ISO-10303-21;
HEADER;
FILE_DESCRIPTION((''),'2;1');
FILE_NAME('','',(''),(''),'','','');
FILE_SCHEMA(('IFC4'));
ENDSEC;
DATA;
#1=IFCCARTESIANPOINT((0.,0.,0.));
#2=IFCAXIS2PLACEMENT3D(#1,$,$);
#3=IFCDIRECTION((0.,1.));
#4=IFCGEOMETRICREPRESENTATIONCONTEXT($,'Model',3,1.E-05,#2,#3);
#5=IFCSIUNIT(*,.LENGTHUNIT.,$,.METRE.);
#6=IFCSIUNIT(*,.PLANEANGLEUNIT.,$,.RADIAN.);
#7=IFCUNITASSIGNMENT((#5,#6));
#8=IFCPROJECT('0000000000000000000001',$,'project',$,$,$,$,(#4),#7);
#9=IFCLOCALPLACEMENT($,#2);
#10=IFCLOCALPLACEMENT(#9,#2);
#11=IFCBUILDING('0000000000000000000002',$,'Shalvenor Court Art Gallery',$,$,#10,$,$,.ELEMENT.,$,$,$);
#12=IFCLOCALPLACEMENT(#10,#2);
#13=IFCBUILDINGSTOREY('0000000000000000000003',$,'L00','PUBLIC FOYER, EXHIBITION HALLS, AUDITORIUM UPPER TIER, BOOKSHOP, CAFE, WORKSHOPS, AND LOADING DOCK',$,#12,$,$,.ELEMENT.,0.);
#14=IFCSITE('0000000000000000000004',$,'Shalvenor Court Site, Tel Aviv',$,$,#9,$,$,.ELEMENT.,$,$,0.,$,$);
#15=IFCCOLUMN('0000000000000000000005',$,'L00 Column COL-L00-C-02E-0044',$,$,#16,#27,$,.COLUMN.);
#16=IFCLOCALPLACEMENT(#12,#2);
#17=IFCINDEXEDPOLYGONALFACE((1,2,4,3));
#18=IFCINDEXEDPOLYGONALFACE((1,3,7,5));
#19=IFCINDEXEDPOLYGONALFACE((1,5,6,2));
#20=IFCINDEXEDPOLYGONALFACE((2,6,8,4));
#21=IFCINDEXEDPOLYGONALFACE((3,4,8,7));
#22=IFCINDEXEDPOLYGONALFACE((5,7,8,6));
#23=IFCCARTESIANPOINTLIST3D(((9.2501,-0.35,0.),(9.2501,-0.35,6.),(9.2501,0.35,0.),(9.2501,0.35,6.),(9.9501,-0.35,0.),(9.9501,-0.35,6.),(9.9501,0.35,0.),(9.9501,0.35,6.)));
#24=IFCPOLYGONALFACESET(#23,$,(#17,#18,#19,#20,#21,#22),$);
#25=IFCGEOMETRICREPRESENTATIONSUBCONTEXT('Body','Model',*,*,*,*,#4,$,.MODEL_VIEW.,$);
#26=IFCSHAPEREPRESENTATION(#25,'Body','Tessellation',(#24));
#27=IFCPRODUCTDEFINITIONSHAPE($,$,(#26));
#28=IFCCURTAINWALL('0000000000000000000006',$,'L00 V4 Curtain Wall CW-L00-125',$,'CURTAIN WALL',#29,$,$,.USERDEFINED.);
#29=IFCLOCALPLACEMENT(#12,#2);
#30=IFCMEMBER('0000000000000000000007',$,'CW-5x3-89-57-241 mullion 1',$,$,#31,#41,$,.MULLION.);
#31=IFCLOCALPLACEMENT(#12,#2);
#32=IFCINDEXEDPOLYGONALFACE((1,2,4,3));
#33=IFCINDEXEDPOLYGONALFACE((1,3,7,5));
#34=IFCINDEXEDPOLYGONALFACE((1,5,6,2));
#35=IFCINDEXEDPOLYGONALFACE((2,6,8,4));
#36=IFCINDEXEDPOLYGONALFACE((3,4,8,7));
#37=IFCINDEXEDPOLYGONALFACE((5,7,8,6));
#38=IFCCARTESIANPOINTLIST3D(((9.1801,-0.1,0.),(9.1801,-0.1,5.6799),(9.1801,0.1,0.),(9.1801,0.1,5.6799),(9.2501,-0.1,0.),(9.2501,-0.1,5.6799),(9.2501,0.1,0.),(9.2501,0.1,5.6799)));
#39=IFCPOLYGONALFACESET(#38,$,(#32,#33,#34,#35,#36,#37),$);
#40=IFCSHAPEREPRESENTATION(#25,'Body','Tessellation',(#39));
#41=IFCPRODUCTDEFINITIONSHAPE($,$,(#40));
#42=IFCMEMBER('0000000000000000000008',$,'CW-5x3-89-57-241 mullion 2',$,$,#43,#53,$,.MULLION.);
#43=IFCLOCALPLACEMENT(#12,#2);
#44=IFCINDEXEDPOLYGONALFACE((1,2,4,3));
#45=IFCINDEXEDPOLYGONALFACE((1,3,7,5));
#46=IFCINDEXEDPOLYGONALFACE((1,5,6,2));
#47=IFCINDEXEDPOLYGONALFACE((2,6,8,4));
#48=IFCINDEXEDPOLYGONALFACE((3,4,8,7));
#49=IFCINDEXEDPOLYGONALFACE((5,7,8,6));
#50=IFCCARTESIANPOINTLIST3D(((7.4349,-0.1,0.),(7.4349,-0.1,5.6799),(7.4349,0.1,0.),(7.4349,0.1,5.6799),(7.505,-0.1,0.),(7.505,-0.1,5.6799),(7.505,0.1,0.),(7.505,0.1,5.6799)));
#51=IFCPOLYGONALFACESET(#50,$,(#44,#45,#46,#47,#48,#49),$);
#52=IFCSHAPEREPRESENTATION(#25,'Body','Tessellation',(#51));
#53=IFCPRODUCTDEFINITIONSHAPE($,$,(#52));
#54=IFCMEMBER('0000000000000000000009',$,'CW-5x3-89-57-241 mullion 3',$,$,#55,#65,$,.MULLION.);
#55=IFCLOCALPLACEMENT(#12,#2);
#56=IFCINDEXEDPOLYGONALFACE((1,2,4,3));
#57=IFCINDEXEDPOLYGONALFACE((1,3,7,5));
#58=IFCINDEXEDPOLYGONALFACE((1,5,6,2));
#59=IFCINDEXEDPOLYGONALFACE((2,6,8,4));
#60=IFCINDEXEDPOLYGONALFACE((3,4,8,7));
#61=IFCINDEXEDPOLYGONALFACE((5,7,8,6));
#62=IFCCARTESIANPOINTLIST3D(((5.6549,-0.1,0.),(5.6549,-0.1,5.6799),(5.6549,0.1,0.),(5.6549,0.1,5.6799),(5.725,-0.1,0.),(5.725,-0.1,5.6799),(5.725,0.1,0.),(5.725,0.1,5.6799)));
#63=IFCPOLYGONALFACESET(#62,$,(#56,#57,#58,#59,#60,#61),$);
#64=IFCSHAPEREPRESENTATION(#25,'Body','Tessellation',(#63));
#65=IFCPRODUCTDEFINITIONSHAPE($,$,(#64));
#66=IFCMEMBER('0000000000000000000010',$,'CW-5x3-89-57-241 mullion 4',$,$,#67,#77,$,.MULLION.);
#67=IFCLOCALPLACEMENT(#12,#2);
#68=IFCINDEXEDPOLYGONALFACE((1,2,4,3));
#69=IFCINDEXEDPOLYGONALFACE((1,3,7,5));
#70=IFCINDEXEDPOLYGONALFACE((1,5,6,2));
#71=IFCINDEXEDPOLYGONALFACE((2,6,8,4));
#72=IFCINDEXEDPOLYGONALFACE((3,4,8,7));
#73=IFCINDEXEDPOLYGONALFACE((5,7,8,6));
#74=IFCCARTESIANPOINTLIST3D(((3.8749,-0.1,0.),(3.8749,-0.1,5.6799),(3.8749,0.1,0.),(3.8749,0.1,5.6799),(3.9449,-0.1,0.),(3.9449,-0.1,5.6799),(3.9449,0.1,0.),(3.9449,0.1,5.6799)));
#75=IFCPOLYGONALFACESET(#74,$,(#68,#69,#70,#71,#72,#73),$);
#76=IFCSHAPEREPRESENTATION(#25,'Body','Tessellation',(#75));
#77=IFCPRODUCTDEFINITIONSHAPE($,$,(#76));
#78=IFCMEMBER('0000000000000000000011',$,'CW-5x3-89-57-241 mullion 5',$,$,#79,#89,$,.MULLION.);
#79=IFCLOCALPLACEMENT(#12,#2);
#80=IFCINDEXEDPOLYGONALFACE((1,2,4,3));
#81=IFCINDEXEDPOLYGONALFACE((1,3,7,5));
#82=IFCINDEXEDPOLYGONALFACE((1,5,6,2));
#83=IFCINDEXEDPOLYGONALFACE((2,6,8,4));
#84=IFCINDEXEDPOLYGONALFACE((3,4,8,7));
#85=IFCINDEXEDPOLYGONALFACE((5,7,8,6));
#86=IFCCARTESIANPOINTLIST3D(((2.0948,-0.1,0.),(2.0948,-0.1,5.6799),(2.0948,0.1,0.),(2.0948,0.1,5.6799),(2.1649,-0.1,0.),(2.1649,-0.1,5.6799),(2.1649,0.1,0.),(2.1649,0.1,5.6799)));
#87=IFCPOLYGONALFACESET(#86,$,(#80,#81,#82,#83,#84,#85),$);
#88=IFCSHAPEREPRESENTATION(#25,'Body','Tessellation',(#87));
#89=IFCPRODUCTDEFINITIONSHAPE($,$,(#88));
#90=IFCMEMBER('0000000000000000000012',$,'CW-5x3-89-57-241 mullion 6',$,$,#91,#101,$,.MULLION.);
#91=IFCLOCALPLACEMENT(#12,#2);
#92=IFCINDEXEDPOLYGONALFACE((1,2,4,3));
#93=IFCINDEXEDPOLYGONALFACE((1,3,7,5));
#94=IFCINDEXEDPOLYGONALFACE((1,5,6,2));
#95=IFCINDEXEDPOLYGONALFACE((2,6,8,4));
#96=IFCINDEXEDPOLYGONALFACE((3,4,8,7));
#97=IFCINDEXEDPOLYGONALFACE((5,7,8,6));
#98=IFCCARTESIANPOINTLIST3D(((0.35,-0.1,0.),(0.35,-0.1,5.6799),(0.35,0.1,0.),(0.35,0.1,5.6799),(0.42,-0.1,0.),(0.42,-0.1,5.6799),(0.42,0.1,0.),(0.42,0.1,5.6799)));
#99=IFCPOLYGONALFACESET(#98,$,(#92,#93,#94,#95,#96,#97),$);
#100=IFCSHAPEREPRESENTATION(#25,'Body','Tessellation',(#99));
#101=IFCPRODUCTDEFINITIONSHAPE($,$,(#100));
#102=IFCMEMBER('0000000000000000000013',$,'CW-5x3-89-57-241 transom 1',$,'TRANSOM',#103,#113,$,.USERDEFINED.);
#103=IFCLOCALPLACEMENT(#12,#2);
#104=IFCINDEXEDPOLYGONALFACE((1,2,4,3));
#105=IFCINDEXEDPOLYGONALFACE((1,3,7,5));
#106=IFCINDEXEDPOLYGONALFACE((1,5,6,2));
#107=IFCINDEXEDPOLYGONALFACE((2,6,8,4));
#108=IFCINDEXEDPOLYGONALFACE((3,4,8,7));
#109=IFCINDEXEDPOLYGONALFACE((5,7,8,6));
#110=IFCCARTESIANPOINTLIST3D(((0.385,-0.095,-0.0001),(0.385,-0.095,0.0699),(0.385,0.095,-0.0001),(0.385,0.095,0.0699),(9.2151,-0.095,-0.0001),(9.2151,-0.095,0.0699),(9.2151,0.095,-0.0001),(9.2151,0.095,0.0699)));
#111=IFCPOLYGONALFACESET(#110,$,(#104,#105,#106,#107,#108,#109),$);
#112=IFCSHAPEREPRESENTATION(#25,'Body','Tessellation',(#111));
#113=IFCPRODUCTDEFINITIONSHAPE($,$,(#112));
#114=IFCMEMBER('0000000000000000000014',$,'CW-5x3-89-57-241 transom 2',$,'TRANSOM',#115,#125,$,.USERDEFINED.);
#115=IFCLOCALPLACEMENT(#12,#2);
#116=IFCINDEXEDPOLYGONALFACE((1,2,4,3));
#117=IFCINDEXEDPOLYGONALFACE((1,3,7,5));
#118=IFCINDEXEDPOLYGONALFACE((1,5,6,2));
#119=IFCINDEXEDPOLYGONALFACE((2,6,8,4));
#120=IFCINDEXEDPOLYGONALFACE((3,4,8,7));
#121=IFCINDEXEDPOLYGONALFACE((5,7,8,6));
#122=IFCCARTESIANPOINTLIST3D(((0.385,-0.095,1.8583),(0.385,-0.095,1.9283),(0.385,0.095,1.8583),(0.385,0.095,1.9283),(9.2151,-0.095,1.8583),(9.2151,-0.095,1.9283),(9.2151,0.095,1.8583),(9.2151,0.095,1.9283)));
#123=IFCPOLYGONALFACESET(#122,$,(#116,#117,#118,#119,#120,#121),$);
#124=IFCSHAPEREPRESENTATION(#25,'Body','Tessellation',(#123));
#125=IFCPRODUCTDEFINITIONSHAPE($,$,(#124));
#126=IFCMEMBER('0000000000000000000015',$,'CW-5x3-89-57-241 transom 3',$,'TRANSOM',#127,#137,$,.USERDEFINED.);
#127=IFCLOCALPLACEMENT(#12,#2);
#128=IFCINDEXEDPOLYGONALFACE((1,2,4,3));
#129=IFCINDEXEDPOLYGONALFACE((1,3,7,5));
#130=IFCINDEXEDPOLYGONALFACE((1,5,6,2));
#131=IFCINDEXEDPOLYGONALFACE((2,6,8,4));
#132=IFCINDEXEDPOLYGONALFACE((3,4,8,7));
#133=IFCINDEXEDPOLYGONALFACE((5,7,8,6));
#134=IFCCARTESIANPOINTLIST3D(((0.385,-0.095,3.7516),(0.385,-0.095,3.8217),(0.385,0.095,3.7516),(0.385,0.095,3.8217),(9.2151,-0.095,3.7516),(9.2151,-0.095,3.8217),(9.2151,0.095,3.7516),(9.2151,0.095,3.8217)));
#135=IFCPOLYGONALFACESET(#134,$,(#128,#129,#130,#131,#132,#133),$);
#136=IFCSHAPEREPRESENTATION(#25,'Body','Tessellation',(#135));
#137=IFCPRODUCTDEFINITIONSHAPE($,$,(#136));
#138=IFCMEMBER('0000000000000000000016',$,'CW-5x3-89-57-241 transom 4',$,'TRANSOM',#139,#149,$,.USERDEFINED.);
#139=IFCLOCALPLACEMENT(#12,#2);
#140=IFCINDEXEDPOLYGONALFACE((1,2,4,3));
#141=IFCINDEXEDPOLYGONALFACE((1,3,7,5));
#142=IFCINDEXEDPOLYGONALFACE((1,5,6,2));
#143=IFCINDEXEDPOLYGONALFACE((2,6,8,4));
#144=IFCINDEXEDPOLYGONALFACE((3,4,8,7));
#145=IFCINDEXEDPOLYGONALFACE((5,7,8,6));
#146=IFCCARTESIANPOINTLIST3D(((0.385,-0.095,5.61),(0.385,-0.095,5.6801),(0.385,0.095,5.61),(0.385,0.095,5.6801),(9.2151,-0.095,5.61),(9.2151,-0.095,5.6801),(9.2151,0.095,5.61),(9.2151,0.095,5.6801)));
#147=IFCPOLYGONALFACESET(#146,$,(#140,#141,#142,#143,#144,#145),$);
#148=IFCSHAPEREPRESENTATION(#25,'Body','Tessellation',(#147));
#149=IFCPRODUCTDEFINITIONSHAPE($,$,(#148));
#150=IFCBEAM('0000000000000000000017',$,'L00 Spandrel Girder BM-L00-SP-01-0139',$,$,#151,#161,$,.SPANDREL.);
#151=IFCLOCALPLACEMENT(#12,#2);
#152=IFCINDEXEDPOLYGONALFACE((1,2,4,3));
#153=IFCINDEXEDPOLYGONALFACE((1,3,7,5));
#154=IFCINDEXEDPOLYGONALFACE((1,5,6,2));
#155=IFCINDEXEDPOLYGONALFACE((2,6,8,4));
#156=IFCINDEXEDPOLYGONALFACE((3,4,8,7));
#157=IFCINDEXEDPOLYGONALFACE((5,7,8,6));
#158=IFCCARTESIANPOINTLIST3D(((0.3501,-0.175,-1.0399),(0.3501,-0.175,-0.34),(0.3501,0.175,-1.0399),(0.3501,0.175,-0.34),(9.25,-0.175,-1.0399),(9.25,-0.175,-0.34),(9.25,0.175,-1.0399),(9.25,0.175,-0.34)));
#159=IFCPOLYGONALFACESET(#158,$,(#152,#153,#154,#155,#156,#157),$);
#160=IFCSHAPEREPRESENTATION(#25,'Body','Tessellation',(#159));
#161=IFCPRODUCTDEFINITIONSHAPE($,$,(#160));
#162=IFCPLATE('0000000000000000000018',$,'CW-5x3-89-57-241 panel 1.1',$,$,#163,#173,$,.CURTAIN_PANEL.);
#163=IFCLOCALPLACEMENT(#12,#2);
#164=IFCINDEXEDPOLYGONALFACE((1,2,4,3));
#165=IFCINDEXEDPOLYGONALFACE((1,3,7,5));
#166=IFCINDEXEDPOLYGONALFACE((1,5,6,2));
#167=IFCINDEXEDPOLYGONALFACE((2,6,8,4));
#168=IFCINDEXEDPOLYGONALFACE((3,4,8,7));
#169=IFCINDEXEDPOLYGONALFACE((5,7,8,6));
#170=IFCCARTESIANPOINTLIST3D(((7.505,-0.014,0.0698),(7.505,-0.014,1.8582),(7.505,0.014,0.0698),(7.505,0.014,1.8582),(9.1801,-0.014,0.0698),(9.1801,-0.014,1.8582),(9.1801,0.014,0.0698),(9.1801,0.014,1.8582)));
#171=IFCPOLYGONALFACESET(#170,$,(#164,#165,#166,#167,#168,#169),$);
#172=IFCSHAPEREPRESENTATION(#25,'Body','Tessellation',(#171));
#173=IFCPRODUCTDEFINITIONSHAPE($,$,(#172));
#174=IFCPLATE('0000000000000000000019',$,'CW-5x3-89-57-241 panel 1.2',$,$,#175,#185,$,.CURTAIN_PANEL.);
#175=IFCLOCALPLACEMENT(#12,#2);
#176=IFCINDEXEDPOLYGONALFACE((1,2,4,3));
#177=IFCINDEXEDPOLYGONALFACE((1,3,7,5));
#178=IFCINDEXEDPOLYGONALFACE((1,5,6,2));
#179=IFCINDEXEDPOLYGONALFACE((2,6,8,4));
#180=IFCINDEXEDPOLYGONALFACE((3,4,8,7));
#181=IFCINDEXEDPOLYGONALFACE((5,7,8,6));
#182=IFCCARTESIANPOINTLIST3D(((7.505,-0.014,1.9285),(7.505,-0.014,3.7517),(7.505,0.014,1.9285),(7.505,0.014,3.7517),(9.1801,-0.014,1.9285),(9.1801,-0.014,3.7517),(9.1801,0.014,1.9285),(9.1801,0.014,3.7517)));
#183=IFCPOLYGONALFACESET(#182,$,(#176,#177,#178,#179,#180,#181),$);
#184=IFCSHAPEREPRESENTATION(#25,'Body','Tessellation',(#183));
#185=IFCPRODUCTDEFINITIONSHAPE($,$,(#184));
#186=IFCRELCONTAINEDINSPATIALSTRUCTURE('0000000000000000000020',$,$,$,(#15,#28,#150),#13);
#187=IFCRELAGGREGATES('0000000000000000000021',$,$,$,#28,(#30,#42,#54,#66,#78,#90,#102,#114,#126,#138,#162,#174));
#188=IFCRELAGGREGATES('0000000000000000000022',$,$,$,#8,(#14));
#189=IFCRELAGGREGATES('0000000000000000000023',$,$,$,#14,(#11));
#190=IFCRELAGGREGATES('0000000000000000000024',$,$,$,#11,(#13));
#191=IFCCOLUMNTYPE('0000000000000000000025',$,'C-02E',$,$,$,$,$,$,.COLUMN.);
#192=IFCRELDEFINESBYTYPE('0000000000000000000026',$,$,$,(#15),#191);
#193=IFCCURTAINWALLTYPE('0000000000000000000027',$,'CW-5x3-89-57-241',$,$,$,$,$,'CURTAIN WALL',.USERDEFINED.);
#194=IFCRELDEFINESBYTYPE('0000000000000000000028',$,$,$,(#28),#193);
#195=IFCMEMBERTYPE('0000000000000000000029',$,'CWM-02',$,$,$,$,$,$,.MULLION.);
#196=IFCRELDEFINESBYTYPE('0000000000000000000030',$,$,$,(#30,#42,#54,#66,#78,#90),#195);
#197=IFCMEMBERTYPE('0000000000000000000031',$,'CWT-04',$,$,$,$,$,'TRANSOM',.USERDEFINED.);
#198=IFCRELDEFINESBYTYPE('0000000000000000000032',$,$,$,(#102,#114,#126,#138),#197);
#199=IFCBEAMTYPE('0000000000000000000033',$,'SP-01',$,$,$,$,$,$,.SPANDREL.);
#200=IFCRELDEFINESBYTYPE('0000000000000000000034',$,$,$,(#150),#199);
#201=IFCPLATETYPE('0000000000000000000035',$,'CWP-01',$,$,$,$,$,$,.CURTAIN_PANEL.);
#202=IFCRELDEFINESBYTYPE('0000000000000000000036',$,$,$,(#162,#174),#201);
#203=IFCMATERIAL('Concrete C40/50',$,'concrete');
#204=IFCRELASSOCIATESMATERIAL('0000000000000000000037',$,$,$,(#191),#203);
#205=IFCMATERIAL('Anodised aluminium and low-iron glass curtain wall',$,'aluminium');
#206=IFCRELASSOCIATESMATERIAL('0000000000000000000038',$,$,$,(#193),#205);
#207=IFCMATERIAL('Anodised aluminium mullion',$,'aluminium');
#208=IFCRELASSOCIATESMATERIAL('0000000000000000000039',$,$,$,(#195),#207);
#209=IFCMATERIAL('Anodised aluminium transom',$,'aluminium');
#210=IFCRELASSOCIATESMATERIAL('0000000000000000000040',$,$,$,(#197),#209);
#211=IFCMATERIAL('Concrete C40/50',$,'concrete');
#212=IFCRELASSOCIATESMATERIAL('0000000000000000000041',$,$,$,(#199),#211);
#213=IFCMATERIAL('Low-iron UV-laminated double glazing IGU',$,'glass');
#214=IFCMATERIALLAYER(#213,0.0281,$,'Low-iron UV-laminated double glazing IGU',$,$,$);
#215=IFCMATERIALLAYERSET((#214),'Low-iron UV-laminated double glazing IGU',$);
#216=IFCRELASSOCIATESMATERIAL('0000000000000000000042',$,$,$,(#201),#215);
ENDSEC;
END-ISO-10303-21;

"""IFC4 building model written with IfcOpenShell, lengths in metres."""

from ifc_helpers import new_model, si_unit, direction, frame, origin, origin_2d, place, context, subcontext, project, spatial, rectangle, extrude, material, layer, layer_set, material_profile, profile_set, type_object, element, aggregate, save


model = new_model("IFC4")

# Units and contexts
model_context = context("Model", 3, precision=1e-05, world=origin(), true_north=direction((0.0, 1.0)))
body_context = subcontext(model_context, "Body", "Model", "MODEL_VIEW")
ifc_project = project(units=[si_unit("LENGTHUNIT", "METRE"), si_unit("PLANEANGLEUNIT", "RADIAN")], contexts=[model_context])

# Site, building, storey
site_placement = place(None, origin())
site = spatial("IfcSite", under=ifc_project, at=site_placement, Name="Shalvenor Court Site, Tel Aviv", CompositionType="ELEMENT", RefElevation=0.0)
building_placement = place(site_placement, origin())
building = spatial("IfcBuilding", under=site, at=building_placement, Name="Shalvenor Court Art Gallery", CompositionType="ELEMENT")
storey_placement = place(building_placement, origin())
storey = spatial("IfcBuildingStorey", under=building, at=storey_placement, Name="L00", Description="PUBLIC FOYER, EXHIBITION HALLS, AUDITORIUM UPPER TIER, BOOKSHOP, CAFE, WORKSHOPS, AND LOADING DOCK", CompositionType="ELEMENT", Elevation=0.0)

# Column
ifc_material_1 = material(Name="Concrete C40/50", Category="concrete")
ifc_material_profile_1 = material_profile(ifc_material_1, rectangle(XDim=0.7, YDim=0.7, at=origin_2d()), Name="RC 700x700")
ifc_profile_set_1 = profile_set([ifc_material_profile_1], Name="Concrete C40/50")
column_type = type_object("IfcColumnType", Name="C-02E", PredefinedType="COLUMN", material=ifc_profile_set_1)
column_placement = place(storey_placement, frame((9.6001, 0.0, 0.0), z_axis=(0.0, 0.0, 1.0), x_axis=(1.0, 0.0, 0.0)))
element("IfcColumn", 1, at=column_placement, inside=storey, type_object=column_type, Name="L00 Column COL-L00-C-02E-0044", PredefinedType="COLUMN", context=body_context, shape_type="SweptSolid", body=[
    extrude(rectangle(XDim=0.7, YDim=0.7, at=origin_2d()), origin(), (0.0, 0.0, 1.0), 6.0),
])

# Curtain wall, members
ifc_material_2 = material(Name="Anodised aluminium and low-iron glass curtain wall", Category="aluminium")
curtain_wall_type = type_object("IfcCurtainWallType", Name="CW-5x3-89-57-241", ElementType="CURTAIN WALL", PredefinedType="USERDEFINED", material=ifc_material_2)
curtain_wall_placement = place(storey_placement, origin())
curtain_wall = element("IfcCurtainWall", 2, at=curtain_wall_placement, inside=storey, type_object=curtain_wall_type, Name="L00 V4 Curtain Wall CW-L00-125", ObjectType="CURTAIN WALL", PredefinedType="USERDEFINED")
ifc_material_3 = material(Name="Anodised aluminium mullion", Category="aluminium")
ifc_material_profile_2 = material_profile(ifc_material_3, rectangle(XDim=0.0701, YDim=0.2, at=origin_2d()), Name="CWM-02")
ifc_profile_set_2 = profile_set([ifc_material_profile_2], Name="Anodised aluminium mullion")
member_type_1 = type_object("IfcMemberType", Name="CWM-02", PredefinedType="MULLION", material=ifc_profile_set_2)
member_1_placement = place(storey_placement, frame((9.2151, 0.0, 0.0), z_axis=(0.0, 0.0, 1.0), x_axis=(-1.0, 0.0, 0.0)))
member_1 = element("IfcMember", 3, at=member_1_placement, type_object=member_type_1, Name="CW-5x3-89-57-241 mullion 1", PredefinedType="MULLION", context=body_context, shape_type="SweptSolid", body=[
    extrude(rectangle(XDim=0.0701, YDim=0.2, at=origin_2d()), origin(), (0.0, 0.0, 1.0), 5.6799),
])
member_2_placement = place(storey_placement, frame((7.47, 0.0, 0.0), z_axis=(0.0, 0.0, 1.0), x_axis=(-1.0, 0.0, 0.0)))
member_2 = element("IfcMember", 4, at=member_2_placement, type_object=member_type_1, Name="CW-5x3-89-57-241 mullion 2", PredefinedType="MULLION", context=body_context, shape_type="SweptSolid", body=[
    extrude(rectangle(XDim=0.0701, YDim=0.2, at=origin_2d()), origin(), (0.0, 0.0, 1.0), 5.6799),
])
member_3_placement = place(storey_placement, frame((5.6899, 0.0, 0.0), z_axis=(0.0, 0.0, 1.0), x_axis=(-1.0, 0.0, 0.0)))
member_3 = element("IfcMember", 5, at=member_3_placement, type_object=member_type_1, Name="CW-5x3-89-57-241 mullion 3", PredefinedType="MULLION", context=body_context, shape_type="SweptSolid", body=[
    extrude(rectangle(XDim=0.0701, YDim=0.2, at=origin_2d()), origin(), (0.0, 0.0, 1.0), 5.6799),
])
member_4_placement = place(storey_placement, frame((3.9099, 0.0, 0.0), z_axis=(0.0, 0.0, 1.0), x_axis=(-1.0, 0.0, 0.0)))
member_4 = element("IfcMember", 6, at=member_4_placement, type_object=member_type_1, Name="CW-5x3-89-57-241 mullion 4", PredefinedType="MULLION", context=body_context, shape_type="SweptSolid", body=[
    extrude(rectangle(XDim=0.0701, YDim=0.2, at=origin_2d()), origin(), (0.0, 0.0, 1.0), 5.6799),
])
member_5_placement = place(storey_placement, frame((2.1299, 0.0, 0.0), z_axis=(0.0, 0.0, 1.0), x_axis=(-1.0, 0.0, 0.0)))
member_5 = element("IfcMember", 7, at=member_5_placement, type_object=member_type_1, Name="CW-5x3-89-57-241 mullion 5", PredefinedType="MULLION", context=body_context, shape_type="SweptSolid", body=[
    extrude(rectangle(XDim=0.0701, YDim=0.2, at=origin_2d()), origin(), (0.0, 0.0, 1.0), 5.6799),
])
member_6_placement = place(storey_placement, frame((0.385, 0.0, 0.0), z_axis=(0.0, 0.0, 1.0), x_axis=(-1.0, 0.0, 0.0)))
member_6 = element("IfcMember", 8, at=member_6_placement, type_object=member_type_1, Name="CW-5x3-89-57-241 mullion 6", PredefinedType="MULLION", context=body_context, shape_type="SweptSolid", body=[
    extrude(rectangle(XDim=0.0701, YDim=0.2, at=origin_2d()), origin(), (0.0, 0.0, 1.0), 5.6799),
])
ifc_material_4 = material(Name="Anodised aluminium transom", Category="aluminium")
ifc_material_profile_3 = material_profile(ifc_material_4, rectangle(XDim=0.1899, YDim=0.0701, at=origin_2d()), Name="CWT-04")
ifc_profile_set_3 = profile_set([ifc_material_profile_3], Name="Anodised aluminium transom")
member_type_2 = type_object("IfcMemberType", Name="CWT-04", ElementType="TRANSOM", PredefinedType="USERDEFINED", material=ifc_profile_set_3)
member_7_placement = place(storey_placement, frame((9.2151, 0.0, 0.0349), z_axis=(-1.0, 0.0, 0.0), x_axis=(0.0, -1.0, 0.0)))
member_7 = element("IfcMember", 9, at=member_7_placement, type_object=member_type_2, Name="CW-5x3-89-57-241 transom 1", ObjectType="TRANSOM", PredefinedType="USERDEFINED", context=body_context, shape_type="SweptSolid", body=[
    extrude(rectangle(XDim=0.1899, YDim=0.0701, at=origin_2d()), origin(), (0.0, 0.0, 1.0), 8.8301),
])
member_8_placement = place(storey_placement, frame((9.2151, 0.0, 1.8933), z_axis=(-1.0, 0.0, 0.0), x_axis=(0.0, -1.0, 0.0)))
member_8 = element("IfcMember", 10, at=member_8_placement, type_object=member_type_2, Name="CW-5x3-89-57-241 transom 2", ObjectType="TRANSOM", PredefinedType="USERDEFINED", context=body_context, shape_type="SweptSolid", body=[
    extrude(rectangle(XDim=0.1899, YDim=0.0701, at=origin_2d()), origin(), (0.0, 0.0, 1.0), 8.8301),
])
member_9_placement = place(storey_placement, frame((9.2151, 0.0, 3.7866), z_axis=(-1.0, 0.0, 0.0), x_axis=(0.0, -1.0, 0.0)))
member_9 = element("IfcMember", 11, at=member_9_placement, type_object=member_type_2, Name="CW-5x3-89-57-241 transom 3", ObjectType="TRANSOM", PredefinedType="USERDEFINED", context=body_context, shape_type="SweptSolid", body=[
    extrude(rectangle(XDim=0.1899, YDim=0.0701, at=origin_2d()), origin(), (0.0, 0.0, 1.0), 8.8301),
])
member_10_placement = place(storey_placement, frame((9.2151, 0.0, 5.645), z_axis=(-1.0, 0.0, 0.0), x_axis=(0.0, -1.0, 0.0)))
member_10 = element("IfcMember", 12, at=member_10_placement, type_object=member_type_2, Name="CW-5x3-89-57-241 transom 4", ObjectType="TRANSOM", PredefinedType="USERDEFINED", context=body_context, shape_type="SweptSolid", body=[
    extrude(rectangle(XDim=0.1899, YDim=0.0701, at=origin_2d()), origin(), (0.0, 0.0, 1.0), 8.8301),
])

# Beam
ifc_material_5 = material(Name="Concrete C40/50", Category="concrete")
ifc_material_profile_4 = material_profile(ifc_material_5, rectangle(XDim=0.3501, YDim=0.7, at=origin_2d()), Name="RC 350x700")
ifc_profile_set_4 = profile_set([ifc_material_profile_4], Name="Concrete C40/50")
beam_type = type_object("IfcBeamType", Name="SP-01", PredefinedType="SPANDREL", material=ifc_profile_set_4)
beam_placement = place(storey_placement, frame((0.3501, 0.0, -0.6899), z_axis=(1.0, 0.0, 0.0), x_axis=(0.0, 1.0, 0.0)))
element("IfcBeam", 13, at=beam_placement, inside=storey, type_object=beam_type, Name="L00 Spandrel Girder BM-L00-SP-01-0139", PredefinedType="SPANDREL", context=body_context, shape_type="SweptSolid", body=[
    extrude(rectangle(XDim=0.3501, YDim=0.7, at=origin_2d()), origin(), (0.0, 0.0, 1.0), 8.8999),
])

# Plates
ifc_material_6 = material(Name="Low-iron UV-laminated double glazing IGU", Category="glass")
ifc_layer_1 = layer(ifc_material_6, 0.0281, Name="Low-iron UV-laminated double glazing IGU")
ifc_layer_set_1 = layer_set([ifc_layer_1], Name="Low-iron UV-laminated double glazing IGU")
plate_type_1 = type_object("IfcPlateType", Name="CWP-01", PredefinedType="CURTAIN_PANEL", material=ifc_layer_set_1)
plate_1_placement = place(storey_placement, frame((8.3425, 0.0, 0.0698), z_axis=(0.0, 0.0, 1.0), x_axis=(-1.0, 0.0, 0.0)))
plate_1 = element("IfcPlate", 14, at=plate_1_placement, type_object=plate_type_1, Name="CW-5x3-89-57-241 panel 1.1", PredefinedType="CURTAIN_PANEL", context=body_context, shape_type="SweptSolid", body=[
    extrude(rectangle(XDim=1.675, YDim=0.0281, at=origin_2d()), origin(), (0.0, 0.0, 1.0), 1.7883),
])
plate_2_placement = place(storey_placement, frame((8.3425, 0.0, 1.9285), z_axis=(0.0, 0.0, 1.0), x_axis=(-1.0, 0.0, 0.0)))
plate_2 = element("IfcPlate", 15, at=plate_2_placement, type_object=plate_type_1, Name="CW-5x3-89-57-241 panel 1.2", PredefinedType="CURTAIN_PANEL", context=body_context, shape_type="SweptSolid", body=[
    extrude(rectangle(XDim=1.675, YDim=0.0281, at=origin_2d()), origin(), (0.0, 0.0, 1.0), 1.8232),
])
aggregate(curtain_wall, [member_1, member_2, member_3, member_4, member_5, member_6, member_7, member_8, member_9, member_10, plate_1, plate_2])

save(model, "model.ifc")
